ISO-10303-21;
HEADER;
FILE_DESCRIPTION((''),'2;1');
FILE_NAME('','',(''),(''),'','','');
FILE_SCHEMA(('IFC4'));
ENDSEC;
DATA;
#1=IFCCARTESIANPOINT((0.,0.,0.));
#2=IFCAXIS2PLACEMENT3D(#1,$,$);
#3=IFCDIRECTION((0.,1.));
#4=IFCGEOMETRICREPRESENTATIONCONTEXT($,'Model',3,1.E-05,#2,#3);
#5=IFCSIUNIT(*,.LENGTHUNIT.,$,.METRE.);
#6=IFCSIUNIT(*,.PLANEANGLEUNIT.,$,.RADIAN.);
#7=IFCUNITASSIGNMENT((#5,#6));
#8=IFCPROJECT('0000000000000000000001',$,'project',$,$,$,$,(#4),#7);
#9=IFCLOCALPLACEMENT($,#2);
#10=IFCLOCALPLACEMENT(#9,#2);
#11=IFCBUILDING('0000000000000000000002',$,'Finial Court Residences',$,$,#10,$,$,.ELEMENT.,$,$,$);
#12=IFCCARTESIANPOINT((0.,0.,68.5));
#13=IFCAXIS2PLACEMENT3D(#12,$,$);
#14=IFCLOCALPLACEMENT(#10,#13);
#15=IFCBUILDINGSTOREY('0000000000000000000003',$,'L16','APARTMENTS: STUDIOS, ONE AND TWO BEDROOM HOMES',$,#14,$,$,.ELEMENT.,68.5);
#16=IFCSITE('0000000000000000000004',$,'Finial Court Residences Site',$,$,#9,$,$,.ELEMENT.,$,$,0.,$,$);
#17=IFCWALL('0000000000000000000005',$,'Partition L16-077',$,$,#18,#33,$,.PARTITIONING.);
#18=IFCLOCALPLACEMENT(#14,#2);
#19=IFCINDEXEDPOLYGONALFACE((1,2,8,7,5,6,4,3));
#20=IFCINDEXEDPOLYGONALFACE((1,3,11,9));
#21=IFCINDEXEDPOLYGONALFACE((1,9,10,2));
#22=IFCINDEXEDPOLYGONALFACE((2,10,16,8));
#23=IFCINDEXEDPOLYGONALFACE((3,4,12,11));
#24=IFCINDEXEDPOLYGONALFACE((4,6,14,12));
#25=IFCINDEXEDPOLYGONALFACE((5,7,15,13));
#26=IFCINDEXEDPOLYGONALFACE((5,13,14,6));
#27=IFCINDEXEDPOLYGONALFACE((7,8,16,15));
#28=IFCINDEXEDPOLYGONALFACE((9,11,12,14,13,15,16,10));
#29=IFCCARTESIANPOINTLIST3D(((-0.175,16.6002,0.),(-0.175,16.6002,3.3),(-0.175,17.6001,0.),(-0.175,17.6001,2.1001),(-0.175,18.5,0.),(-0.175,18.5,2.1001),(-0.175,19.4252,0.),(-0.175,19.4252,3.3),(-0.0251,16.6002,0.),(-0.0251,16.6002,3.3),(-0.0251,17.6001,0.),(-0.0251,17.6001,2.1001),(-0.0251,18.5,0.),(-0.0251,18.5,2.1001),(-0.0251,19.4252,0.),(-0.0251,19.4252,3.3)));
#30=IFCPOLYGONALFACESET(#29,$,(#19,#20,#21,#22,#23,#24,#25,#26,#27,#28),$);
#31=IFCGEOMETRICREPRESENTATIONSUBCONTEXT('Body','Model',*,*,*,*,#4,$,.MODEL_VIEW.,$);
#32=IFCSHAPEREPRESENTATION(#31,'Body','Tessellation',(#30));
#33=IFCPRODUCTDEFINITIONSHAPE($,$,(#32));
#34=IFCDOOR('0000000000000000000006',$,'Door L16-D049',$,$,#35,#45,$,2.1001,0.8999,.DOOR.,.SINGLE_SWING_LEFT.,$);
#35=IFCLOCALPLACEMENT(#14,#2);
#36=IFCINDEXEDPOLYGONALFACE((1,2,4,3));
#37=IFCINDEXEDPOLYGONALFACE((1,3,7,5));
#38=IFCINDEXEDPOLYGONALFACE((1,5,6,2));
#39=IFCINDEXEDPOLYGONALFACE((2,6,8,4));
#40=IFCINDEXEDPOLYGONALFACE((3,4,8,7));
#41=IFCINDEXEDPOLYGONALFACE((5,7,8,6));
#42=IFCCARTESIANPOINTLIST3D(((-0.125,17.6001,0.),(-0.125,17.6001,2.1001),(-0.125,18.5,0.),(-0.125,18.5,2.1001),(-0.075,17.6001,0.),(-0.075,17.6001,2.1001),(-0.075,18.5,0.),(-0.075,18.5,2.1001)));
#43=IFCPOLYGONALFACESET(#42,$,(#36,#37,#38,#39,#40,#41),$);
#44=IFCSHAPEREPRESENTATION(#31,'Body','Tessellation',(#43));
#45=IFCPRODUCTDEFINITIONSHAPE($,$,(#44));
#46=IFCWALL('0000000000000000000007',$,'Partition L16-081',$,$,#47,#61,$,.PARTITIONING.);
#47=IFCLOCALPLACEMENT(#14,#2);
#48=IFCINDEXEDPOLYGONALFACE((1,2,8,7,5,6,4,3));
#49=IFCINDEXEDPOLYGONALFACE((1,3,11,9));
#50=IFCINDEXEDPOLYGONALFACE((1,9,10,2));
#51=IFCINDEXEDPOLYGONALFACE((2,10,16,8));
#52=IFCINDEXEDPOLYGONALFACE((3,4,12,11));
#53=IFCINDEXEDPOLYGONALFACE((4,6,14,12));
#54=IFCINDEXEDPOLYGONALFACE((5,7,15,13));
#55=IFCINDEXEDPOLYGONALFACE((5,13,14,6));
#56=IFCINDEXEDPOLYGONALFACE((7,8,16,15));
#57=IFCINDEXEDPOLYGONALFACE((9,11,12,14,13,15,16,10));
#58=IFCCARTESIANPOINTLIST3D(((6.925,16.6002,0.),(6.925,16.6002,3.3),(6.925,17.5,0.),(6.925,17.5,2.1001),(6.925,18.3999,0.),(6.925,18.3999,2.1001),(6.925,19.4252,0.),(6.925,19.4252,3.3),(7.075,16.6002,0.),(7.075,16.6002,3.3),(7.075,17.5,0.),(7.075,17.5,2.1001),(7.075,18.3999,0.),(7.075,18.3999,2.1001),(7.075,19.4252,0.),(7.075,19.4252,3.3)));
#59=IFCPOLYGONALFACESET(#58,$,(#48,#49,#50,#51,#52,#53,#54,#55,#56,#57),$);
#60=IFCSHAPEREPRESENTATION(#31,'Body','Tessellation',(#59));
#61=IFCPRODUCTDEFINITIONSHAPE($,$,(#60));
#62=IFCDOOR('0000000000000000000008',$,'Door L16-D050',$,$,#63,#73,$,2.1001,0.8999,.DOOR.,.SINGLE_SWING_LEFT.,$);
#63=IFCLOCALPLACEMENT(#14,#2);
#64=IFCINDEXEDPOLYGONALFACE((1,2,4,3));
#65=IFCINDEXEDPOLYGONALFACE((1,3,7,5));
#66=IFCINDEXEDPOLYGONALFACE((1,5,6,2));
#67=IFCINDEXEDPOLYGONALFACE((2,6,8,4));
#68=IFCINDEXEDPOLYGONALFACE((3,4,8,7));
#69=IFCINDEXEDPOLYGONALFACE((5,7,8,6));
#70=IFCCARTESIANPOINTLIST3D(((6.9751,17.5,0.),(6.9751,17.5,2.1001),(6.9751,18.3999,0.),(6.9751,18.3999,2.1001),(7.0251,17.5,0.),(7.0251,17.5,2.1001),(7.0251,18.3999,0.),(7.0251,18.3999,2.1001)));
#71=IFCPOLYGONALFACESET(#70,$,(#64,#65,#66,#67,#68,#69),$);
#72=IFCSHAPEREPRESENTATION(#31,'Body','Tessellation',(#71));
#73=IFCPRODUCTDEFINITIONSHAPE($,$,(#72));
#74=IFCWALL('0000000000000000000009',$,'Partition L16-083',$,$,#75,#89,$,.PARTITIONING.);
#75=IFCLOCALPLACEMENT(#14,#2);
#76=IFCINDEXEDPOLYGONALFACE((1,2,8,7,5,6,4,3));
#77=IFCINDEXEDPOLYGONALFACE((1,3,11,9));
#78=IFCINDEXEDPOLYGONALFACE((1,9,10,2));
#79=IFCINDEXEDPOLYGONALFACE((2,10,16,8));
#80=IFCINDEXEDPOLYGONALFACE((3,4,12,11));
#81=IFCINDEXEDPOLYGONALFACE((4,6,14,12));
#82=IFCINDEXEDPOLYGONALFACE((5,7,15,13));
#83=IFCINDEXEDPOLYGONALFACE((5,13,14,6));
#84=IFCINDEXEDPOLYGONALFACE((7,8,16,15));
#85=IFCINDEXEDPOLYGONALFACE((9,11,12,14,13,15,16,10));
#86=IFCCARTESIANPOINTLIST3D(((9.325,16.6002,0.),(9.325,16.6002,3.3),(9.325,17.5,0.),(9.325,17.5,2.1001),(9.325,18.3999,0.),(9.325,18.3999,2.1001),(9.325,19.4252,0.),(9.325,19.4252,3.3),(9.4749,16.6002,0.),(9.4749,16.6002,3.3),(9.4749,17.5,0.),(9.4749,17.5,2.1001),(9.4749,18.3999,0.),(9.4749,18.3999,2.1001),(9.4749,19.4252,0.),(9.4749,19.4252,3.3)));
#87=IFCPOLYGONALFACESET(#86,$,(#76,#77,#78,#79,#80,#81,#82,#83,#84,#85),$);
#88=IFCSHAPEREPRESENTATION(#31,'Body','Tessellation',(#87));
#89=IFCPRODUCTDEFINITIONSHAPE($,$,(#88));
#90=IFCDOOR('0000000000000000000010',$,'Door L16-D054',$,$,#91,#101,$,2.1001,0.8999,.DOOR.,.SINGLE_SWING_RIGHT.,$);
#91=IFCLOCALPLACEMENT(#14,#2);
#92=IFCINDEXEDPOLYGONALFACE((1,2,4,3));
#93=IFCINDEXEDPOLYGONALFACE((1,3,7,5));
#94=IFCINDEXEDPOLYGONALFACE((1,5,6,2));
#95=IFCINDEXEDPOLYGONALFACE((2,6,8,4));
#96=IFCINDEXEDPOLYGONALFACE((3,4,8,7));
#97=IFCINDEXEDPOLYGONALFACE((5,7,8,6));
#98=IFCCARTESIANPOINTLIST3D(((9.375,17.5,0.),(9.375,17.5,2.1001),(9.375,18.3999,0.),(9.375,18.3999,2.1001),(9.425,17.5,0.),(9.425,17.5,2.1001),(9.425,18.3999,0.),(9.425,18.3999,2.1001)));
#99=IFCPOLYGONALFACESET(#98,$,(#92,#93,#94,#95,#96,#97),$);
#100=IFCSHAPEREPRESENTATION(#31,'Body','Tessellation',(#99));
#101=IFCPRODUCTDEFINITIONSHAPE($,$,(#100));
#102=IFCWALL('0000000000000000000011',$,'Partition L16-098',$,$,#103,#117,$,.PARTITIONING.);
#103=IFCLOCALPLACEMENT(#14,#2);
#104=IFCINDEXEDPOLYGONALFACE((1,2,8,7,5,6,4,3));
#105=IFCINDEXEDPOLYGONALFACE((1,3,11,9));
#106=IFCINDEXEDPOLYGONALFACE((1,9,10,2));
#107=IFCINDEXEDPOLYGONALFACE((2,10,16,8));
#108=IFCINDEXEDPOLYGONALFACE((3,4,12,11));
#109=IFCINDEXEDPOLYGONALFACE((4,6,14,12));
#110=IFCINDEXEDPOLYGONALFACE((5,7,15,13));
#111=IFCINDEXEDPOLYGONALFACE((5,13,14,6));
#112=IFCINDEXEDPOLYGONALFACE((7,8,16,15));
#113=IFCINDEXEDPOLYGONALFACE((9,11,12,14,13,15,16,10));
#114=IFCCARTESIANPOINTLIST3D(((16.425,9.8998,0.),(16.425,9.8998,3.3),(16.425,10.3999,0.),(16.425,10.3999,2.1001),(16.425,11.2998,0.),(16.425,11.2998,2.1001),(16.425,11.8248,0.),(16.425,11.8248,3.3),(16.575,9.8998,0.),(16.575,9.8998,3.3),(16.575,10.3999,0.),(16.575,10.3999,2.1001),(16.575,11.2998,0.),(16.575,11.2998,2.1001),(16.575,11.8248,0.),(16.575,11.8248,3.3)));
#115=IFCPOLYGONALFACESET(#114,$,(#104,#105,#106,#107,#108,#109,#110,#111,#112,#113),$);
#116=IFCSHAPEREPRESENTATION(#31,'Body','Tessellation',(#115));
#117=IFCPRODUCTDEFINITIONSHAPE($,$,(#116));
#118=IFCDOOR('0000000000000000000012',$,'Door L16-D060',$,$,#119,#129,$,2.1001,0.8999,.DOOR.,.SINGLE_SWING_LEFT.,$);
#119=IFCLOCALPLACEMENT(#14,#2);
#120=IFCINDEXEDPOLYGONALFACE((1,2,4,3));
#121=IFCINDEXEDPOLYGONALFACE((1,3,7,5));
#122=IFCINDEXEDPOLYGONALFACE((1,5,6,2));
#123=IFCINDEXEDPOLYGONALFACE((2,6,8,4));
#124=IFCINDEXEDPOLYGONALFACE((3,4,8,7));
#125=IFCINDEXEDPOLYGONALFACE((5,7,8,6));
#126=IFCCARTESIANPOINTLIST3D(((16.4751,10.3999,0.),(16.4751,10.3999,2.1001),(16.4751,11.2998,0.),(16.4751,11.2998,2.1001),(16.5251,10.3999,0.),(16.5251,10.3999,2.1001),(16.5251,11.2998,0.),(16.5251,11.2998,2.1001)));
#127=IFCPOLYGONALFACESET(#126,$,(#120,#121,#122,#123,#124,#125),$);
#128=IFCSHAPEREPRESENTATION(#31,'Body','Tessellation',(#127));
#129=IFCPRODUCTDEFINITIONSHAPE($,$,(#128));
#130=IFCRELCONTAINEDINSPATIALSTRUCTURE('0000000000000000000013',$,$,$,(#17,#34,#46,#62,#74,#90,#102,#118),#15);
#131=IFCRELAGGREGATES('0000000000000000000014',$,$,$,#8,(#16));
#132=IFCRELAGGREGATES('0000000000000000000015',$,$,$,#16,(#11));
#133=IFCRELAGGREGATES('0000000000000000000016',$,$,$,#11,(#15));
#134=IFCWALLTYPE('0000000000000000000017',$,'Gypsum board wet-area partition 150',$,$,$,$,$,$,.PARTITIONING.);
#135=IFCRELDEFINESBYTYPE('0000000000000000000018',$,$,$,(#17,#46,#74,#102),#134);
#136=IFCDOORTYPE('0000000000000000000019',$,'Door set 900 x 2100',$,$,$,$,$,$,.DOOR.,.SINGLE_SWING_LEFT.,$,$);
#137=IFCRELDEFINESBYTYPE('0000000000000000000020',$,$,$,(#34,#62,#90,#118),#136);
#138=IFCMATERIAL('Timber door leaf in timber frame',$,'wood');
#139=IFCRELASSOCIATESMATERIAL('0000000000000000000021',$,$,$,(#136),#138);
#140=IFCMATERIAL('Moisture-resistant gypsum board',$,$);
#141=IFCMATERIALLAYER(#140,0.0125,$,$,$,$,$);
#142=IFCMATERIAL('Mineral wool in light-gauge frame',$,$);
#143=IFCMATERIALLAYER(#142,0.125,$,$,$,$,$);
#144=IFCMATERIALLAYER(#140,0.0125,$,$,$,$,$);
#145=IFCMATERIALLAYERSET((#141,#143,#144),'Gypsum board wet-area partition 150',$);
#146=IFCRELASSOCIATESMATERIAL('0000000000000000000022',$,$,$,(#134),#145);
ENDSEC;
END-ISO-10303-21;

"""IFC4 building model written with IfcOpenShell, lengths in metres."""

from ifc_helpers import new_model, si_unit, direction, frame, frame_2d, origin, place, context, subcontext, project, spatial, rectangle, extrude, material, layer, layer_set, type_object, element, fill, save


model = new_model("IFC4")

# Units and contexts
model_context = context("Model", 3, precision=1e-05, world=origin(), true_north=direction((0.0, 1.0)))
body_context = subcontext(model_context, "Body", "Model", "MODEL_VIEW")
ifc_project = project(units=[si_unit("LENGTHUNIT", "METRE"), si_unit("PLANEANGLEUNIT", "RADIAN")], contexts=[model_context])

# Site, building, storey
site_placement = place(None, origin())
site = spatial("IfcSite", under=ifc_project, at=site_placement, Name="Finial Court Residences Site", CompositionType="ELEMENT", RefElevation=0.0)
building_placement = place(site_placement, origin())
building = spatial("IfcBuilding", under=site, at=building_placement, Name="Finial Court Residences", CompositionType="ELEMENT")
storey_placement = place(building_placement, frame((0.0, 0.0, 68.5)))
storey = spatial("IfcBuildingStorey", under=building, at=storey_placement, Name="L16", Description="APARTMENTS: STUDIOS, ONE AND TWO BEDROOM HOMES", CompositionType="ELEMENT", Elevation=68.5)

# Shared definitions
ifc_material_1 = material(Name="Mineral wool in light-gauge frame")

# Shared definitions
ifc_material_2 = material(Name="Timber door leaf in timber frame", Category="wood")
door_type = type_object("IfcDoorType", Name="Door set 900 x 2100", OperationType="SINGLE_SWING_LEFT", PredefinedType="DOOR", material=ifc_material_2)

# Shared definitions
ifc_material_3 = material(Name="Moisture-resistant gypsum board")
ifc_layer_1 = layer(ifc_material_3, 0.0125)
ifc_layer_2 = layer(ifc_material_1, 0.125)
ifc_layer_3 = layer(ifc_material_3, 0.0125)
ifc_layer_set_1 = layer_set([ifc_layer_1, ifc_layer_2, ifc_layer_3], Name="Gypsum board wet-area partition 150")
wall_type_1 = type_object("IfcWallType", Name="Gypsum board wet-area partition 150", PredefinedType="PARTITIONING", material=ifc_layer_set_1)

# Walls, openings, doors
wall_1_placement = place(storey_placement, frame((-0.1001, 16.6001, 0.0), z_axis=(0.0, 0.0, 1.0), x_axis=(0.0, 1.0, 0.0)))
wall_1 = element("IfcWall", 1, at=wall_1_placement, inside=storey, type_object=wall_type_1, Name="Partition L16-077", PredefinedType="PARTITIONING", context=body_context, shape_type="SweptSolid", body=[
    extrude(rectangle(XDim=2.825, YDim=0.1499, at=frame_2d((1.4126, 0.0))), origin(), (0.0, 0.0, 1.0), 3.3),
])
opening_1_placement = place(wall_1_placement, frame((1.0, 0.0, 0.0)))
opening_1 = element("IfcOpeningElement", 2, at=opening_1_placement, cuts=wall_1, PredefinedType="OPENING", context=body_context, shape_type="SweptSolid", body=[
    extrude(rectangle(XDim=0.8999, YDim=2.1001, at=frame_2d((0.45, 1.05))), frame((0.0, 0.085, 0.0), z_axis=(0.0, -1.0, 0.0), x_axis=(1.0, 0.0, 0.0)), (0.0, 0.0, 1.0), 0.1699),
])
door_1_placement = place(opening_1_placement, origin())
door_1 = element("IfcDoor", 3, at=door_1_placement, inside=storey, type_object=door_type, Name="Door L16-D049", OperationType="SINGLE_SWING_LEFT", OverallHeight=2.1001, OverallWidth=0.8999, PredefinedType="DOOR", context=body_context, shape_type="SweptSolid", body=[
    extrude(rectangle(XDim=0.8999, YDim=2.1001, at=frame_2d((0.45, 1.05))), frame((0.0, 0.0249, 0.0), z_axis=(0.0, -1.0, 0.0), x_axis=(1.0, 0.0, 0.0)), (0.0, 0.0, 1.0), 0.05),
])
fill(opening_1, door_1)
wall_2_placement = place(storey_placement, frame((7.0, 16.6001, 0.0), z_axis=(0.0, 0.0, 1.0), x_axis=(0.0, 1.0, 0.0)))
wall_2 = element("IfcWall", 4, at=wall_2_placement, inside=storey, type_object=wall_type_1, Name="Partition L16-081", PredefinedType="PARTITIONING", context=body_context, shape_type="SweptSolid", body=[
    extrude(rectangle(XDim=2.825, YDim=0.1499, at=frame_2d((1.4126, 0.0))), origin(), (0.0, 0.0, 1.0), 3.3),
])
opening_2_placement = place(wall_2_placement, frame((0.8999, 0.0, 0.0)))
opening_2 = element("IfcOpeningElement", 5, at=opening_2_placement, cuts=wall_2, PredefinedType="OPENING", context=body_context, shape_type="SweptSolid", body=[
    extrude(rectangle(XDim=0.8999, YDim=2.1001, at=frame_2d((0.45, 1.05))), frame((0.0, 0.085, 0.0), z_axis=(0.0, -1.0, 0.0), x_axis=(1.0, 0.0, 0.0)), (0.0, 0.0, 1.0), 0.1699),
])
door_2_placement = place(opening_2_placement, origin())
door_2 = element("IfcDoor", 6, at=door_2_placement, inside=storey, type_object=door_type, Name="Door L16-D050", OperationType="SINGLE_SWING_LEFT", OverallHeight=2.1001, OverallWidth=0.8999, PredefinedType="DOOR", context=body_context, shape_type="SweptSolid", body=[
    extrude(rectangle(XDim=0.8999, YDim=2.1001, at=frame_2d((0.45, 1.05))), frame((0.0, 0.0249, 0.0), z_axis=(0.0, -1.0, 0.0), x_axis=(1.0, 0.0, 0.0)), (0.0, 0.0, 1.0), 0.05),
])
fill(opening_2, door_2)
wall_3_placement = place(storey_placement, frame((9.3999, 16.6001, 0.0), z_axis=(0.0, 0.0, 1.0), x_axis=(0.0, 1.0, 0.0)))
wall_3 = element("IfcWall", 7, at=wall_3_placement, inside=storey, type_object=wall_type_1, Name="Partition L16-083", PredefinedType="PARTITIONING", context=body_context, shape_type="SweptSolid", body=[
    extrude(rectangle(XDim=2.825, YDim=0.1499, at=frame_2d((1.4126, 0.0))), origin(), (0.0, 0.0, 1.0), 3.3),
])
opening_3_placement = place(wall_3_placement, frame((0.8999, 0.0, 0.0)))
opening_3 = element("IfcOpeningElement", 8, at=opening_3_placement, cuts=wall_3, PredefinedType="OPENING", context=body_context, shape_type="SweptSolid", body=[
    extrude(rectangle(XDim=0.8999, YDim=2.1001, at=frame_2d((0.45, 1.05))), frame((0.0, 0.085, 0.0), z_axis=(0.0, -1.0, 0.0), x_axis=(1.0, 0.0, 0.0)), (0.0, 0.0, 1.0), 0.1699),
])
door_3_placement = place(opening_3_placement, origin())
door_3 = element("IfcDoor", 9, at=door_3_placement, inside=storey, type_object=door_type, Name="Door L16-D054", OperationType="SINGLE_SWING_RIGHT", OverallHeight=2.1001, OverallWidth=0.8999, PredefinedType="DOOR", context=body_context, shape_type="SweptSolid", body=[
    extrude(rectangle(XDim=0.8999, YDim=2.1001, at=frame_2d((0.45, 1.05))), frame((0.0, 0.0249, 0.0), z_axis=(0.0, -1.0, 0.0), x_axis=(1.0, 0.0, 0.0)), (0.0, 0.0, 1.0), 0.05),
])
fill(opening_3, door_3)
wall_4_placement = place(storey_placement, frame((16.5, 9.8999, 0.0), z_axis=(0.0, 0.0, 1.0), x_axis=(0.0, 1.0, 0.0)))
wall_4 = element("IfcWall", 10, at=wall_4_placement, inside=storey, type_object=wall_type_1, Name="Partition L16-098", PredefinedType="PARTITIONING", context=body_context, shape_type="SweptSolid", body=[
    extrude(rectangle(XDim=1.925, YDim=0.1499, at=frame_2d((0.9624, 0.0))), origin(), (0.0, 0.0, 1.0), 3.3),
])
opening_4_placement = place(wall_4_placement, frame((0.5, 0.0, 0.0)))
opening_4 = element("IfcOpeningElement", 11, at=opening_4_placement, cuts=wall_4, PredefinedType="OPENING", context=body_context, shape_type="SweptSolid", body=[
    extrude(rectangle(XDim=0.8999, YDim=2.1001, at=frame_2d((0.45, 1.05))), frame((0.0, 0.085, 0.0), z_axis=(0.0, -1.0, 0.0), x_axis=(1.0, 0.0, 0.0)), (0.0, 0.0, 1.0), 0.1699),
])
door_4_placement = place(opening_4_placement, origin())
door_4 = element("IfcDoor", 12, at=door_4_placement, inside=storey, type_object=door_type, Name="Door L16-D060", OperationType="SINGLE_SWING_LEFT", OverallHeight=2.1001, OverallWidth=0.8999, PredefinedType="DOOR", context=body_context, shape_type="SweptSolid", body=[
    extrude(rectangle(XDim=0.8999, YDim=2.1001, at=frame_2d((0.45, 1.05))), frame((0.0, 0.0249, 0.0), z_axis=(0.0, -1.0, 0.0), x_axis=(1.0, 0.0, 0.0)), (0.0, 0.0, 1.0), 0.05),
])
fill(opening_4, door_4)

save(model, "model.ifc")
